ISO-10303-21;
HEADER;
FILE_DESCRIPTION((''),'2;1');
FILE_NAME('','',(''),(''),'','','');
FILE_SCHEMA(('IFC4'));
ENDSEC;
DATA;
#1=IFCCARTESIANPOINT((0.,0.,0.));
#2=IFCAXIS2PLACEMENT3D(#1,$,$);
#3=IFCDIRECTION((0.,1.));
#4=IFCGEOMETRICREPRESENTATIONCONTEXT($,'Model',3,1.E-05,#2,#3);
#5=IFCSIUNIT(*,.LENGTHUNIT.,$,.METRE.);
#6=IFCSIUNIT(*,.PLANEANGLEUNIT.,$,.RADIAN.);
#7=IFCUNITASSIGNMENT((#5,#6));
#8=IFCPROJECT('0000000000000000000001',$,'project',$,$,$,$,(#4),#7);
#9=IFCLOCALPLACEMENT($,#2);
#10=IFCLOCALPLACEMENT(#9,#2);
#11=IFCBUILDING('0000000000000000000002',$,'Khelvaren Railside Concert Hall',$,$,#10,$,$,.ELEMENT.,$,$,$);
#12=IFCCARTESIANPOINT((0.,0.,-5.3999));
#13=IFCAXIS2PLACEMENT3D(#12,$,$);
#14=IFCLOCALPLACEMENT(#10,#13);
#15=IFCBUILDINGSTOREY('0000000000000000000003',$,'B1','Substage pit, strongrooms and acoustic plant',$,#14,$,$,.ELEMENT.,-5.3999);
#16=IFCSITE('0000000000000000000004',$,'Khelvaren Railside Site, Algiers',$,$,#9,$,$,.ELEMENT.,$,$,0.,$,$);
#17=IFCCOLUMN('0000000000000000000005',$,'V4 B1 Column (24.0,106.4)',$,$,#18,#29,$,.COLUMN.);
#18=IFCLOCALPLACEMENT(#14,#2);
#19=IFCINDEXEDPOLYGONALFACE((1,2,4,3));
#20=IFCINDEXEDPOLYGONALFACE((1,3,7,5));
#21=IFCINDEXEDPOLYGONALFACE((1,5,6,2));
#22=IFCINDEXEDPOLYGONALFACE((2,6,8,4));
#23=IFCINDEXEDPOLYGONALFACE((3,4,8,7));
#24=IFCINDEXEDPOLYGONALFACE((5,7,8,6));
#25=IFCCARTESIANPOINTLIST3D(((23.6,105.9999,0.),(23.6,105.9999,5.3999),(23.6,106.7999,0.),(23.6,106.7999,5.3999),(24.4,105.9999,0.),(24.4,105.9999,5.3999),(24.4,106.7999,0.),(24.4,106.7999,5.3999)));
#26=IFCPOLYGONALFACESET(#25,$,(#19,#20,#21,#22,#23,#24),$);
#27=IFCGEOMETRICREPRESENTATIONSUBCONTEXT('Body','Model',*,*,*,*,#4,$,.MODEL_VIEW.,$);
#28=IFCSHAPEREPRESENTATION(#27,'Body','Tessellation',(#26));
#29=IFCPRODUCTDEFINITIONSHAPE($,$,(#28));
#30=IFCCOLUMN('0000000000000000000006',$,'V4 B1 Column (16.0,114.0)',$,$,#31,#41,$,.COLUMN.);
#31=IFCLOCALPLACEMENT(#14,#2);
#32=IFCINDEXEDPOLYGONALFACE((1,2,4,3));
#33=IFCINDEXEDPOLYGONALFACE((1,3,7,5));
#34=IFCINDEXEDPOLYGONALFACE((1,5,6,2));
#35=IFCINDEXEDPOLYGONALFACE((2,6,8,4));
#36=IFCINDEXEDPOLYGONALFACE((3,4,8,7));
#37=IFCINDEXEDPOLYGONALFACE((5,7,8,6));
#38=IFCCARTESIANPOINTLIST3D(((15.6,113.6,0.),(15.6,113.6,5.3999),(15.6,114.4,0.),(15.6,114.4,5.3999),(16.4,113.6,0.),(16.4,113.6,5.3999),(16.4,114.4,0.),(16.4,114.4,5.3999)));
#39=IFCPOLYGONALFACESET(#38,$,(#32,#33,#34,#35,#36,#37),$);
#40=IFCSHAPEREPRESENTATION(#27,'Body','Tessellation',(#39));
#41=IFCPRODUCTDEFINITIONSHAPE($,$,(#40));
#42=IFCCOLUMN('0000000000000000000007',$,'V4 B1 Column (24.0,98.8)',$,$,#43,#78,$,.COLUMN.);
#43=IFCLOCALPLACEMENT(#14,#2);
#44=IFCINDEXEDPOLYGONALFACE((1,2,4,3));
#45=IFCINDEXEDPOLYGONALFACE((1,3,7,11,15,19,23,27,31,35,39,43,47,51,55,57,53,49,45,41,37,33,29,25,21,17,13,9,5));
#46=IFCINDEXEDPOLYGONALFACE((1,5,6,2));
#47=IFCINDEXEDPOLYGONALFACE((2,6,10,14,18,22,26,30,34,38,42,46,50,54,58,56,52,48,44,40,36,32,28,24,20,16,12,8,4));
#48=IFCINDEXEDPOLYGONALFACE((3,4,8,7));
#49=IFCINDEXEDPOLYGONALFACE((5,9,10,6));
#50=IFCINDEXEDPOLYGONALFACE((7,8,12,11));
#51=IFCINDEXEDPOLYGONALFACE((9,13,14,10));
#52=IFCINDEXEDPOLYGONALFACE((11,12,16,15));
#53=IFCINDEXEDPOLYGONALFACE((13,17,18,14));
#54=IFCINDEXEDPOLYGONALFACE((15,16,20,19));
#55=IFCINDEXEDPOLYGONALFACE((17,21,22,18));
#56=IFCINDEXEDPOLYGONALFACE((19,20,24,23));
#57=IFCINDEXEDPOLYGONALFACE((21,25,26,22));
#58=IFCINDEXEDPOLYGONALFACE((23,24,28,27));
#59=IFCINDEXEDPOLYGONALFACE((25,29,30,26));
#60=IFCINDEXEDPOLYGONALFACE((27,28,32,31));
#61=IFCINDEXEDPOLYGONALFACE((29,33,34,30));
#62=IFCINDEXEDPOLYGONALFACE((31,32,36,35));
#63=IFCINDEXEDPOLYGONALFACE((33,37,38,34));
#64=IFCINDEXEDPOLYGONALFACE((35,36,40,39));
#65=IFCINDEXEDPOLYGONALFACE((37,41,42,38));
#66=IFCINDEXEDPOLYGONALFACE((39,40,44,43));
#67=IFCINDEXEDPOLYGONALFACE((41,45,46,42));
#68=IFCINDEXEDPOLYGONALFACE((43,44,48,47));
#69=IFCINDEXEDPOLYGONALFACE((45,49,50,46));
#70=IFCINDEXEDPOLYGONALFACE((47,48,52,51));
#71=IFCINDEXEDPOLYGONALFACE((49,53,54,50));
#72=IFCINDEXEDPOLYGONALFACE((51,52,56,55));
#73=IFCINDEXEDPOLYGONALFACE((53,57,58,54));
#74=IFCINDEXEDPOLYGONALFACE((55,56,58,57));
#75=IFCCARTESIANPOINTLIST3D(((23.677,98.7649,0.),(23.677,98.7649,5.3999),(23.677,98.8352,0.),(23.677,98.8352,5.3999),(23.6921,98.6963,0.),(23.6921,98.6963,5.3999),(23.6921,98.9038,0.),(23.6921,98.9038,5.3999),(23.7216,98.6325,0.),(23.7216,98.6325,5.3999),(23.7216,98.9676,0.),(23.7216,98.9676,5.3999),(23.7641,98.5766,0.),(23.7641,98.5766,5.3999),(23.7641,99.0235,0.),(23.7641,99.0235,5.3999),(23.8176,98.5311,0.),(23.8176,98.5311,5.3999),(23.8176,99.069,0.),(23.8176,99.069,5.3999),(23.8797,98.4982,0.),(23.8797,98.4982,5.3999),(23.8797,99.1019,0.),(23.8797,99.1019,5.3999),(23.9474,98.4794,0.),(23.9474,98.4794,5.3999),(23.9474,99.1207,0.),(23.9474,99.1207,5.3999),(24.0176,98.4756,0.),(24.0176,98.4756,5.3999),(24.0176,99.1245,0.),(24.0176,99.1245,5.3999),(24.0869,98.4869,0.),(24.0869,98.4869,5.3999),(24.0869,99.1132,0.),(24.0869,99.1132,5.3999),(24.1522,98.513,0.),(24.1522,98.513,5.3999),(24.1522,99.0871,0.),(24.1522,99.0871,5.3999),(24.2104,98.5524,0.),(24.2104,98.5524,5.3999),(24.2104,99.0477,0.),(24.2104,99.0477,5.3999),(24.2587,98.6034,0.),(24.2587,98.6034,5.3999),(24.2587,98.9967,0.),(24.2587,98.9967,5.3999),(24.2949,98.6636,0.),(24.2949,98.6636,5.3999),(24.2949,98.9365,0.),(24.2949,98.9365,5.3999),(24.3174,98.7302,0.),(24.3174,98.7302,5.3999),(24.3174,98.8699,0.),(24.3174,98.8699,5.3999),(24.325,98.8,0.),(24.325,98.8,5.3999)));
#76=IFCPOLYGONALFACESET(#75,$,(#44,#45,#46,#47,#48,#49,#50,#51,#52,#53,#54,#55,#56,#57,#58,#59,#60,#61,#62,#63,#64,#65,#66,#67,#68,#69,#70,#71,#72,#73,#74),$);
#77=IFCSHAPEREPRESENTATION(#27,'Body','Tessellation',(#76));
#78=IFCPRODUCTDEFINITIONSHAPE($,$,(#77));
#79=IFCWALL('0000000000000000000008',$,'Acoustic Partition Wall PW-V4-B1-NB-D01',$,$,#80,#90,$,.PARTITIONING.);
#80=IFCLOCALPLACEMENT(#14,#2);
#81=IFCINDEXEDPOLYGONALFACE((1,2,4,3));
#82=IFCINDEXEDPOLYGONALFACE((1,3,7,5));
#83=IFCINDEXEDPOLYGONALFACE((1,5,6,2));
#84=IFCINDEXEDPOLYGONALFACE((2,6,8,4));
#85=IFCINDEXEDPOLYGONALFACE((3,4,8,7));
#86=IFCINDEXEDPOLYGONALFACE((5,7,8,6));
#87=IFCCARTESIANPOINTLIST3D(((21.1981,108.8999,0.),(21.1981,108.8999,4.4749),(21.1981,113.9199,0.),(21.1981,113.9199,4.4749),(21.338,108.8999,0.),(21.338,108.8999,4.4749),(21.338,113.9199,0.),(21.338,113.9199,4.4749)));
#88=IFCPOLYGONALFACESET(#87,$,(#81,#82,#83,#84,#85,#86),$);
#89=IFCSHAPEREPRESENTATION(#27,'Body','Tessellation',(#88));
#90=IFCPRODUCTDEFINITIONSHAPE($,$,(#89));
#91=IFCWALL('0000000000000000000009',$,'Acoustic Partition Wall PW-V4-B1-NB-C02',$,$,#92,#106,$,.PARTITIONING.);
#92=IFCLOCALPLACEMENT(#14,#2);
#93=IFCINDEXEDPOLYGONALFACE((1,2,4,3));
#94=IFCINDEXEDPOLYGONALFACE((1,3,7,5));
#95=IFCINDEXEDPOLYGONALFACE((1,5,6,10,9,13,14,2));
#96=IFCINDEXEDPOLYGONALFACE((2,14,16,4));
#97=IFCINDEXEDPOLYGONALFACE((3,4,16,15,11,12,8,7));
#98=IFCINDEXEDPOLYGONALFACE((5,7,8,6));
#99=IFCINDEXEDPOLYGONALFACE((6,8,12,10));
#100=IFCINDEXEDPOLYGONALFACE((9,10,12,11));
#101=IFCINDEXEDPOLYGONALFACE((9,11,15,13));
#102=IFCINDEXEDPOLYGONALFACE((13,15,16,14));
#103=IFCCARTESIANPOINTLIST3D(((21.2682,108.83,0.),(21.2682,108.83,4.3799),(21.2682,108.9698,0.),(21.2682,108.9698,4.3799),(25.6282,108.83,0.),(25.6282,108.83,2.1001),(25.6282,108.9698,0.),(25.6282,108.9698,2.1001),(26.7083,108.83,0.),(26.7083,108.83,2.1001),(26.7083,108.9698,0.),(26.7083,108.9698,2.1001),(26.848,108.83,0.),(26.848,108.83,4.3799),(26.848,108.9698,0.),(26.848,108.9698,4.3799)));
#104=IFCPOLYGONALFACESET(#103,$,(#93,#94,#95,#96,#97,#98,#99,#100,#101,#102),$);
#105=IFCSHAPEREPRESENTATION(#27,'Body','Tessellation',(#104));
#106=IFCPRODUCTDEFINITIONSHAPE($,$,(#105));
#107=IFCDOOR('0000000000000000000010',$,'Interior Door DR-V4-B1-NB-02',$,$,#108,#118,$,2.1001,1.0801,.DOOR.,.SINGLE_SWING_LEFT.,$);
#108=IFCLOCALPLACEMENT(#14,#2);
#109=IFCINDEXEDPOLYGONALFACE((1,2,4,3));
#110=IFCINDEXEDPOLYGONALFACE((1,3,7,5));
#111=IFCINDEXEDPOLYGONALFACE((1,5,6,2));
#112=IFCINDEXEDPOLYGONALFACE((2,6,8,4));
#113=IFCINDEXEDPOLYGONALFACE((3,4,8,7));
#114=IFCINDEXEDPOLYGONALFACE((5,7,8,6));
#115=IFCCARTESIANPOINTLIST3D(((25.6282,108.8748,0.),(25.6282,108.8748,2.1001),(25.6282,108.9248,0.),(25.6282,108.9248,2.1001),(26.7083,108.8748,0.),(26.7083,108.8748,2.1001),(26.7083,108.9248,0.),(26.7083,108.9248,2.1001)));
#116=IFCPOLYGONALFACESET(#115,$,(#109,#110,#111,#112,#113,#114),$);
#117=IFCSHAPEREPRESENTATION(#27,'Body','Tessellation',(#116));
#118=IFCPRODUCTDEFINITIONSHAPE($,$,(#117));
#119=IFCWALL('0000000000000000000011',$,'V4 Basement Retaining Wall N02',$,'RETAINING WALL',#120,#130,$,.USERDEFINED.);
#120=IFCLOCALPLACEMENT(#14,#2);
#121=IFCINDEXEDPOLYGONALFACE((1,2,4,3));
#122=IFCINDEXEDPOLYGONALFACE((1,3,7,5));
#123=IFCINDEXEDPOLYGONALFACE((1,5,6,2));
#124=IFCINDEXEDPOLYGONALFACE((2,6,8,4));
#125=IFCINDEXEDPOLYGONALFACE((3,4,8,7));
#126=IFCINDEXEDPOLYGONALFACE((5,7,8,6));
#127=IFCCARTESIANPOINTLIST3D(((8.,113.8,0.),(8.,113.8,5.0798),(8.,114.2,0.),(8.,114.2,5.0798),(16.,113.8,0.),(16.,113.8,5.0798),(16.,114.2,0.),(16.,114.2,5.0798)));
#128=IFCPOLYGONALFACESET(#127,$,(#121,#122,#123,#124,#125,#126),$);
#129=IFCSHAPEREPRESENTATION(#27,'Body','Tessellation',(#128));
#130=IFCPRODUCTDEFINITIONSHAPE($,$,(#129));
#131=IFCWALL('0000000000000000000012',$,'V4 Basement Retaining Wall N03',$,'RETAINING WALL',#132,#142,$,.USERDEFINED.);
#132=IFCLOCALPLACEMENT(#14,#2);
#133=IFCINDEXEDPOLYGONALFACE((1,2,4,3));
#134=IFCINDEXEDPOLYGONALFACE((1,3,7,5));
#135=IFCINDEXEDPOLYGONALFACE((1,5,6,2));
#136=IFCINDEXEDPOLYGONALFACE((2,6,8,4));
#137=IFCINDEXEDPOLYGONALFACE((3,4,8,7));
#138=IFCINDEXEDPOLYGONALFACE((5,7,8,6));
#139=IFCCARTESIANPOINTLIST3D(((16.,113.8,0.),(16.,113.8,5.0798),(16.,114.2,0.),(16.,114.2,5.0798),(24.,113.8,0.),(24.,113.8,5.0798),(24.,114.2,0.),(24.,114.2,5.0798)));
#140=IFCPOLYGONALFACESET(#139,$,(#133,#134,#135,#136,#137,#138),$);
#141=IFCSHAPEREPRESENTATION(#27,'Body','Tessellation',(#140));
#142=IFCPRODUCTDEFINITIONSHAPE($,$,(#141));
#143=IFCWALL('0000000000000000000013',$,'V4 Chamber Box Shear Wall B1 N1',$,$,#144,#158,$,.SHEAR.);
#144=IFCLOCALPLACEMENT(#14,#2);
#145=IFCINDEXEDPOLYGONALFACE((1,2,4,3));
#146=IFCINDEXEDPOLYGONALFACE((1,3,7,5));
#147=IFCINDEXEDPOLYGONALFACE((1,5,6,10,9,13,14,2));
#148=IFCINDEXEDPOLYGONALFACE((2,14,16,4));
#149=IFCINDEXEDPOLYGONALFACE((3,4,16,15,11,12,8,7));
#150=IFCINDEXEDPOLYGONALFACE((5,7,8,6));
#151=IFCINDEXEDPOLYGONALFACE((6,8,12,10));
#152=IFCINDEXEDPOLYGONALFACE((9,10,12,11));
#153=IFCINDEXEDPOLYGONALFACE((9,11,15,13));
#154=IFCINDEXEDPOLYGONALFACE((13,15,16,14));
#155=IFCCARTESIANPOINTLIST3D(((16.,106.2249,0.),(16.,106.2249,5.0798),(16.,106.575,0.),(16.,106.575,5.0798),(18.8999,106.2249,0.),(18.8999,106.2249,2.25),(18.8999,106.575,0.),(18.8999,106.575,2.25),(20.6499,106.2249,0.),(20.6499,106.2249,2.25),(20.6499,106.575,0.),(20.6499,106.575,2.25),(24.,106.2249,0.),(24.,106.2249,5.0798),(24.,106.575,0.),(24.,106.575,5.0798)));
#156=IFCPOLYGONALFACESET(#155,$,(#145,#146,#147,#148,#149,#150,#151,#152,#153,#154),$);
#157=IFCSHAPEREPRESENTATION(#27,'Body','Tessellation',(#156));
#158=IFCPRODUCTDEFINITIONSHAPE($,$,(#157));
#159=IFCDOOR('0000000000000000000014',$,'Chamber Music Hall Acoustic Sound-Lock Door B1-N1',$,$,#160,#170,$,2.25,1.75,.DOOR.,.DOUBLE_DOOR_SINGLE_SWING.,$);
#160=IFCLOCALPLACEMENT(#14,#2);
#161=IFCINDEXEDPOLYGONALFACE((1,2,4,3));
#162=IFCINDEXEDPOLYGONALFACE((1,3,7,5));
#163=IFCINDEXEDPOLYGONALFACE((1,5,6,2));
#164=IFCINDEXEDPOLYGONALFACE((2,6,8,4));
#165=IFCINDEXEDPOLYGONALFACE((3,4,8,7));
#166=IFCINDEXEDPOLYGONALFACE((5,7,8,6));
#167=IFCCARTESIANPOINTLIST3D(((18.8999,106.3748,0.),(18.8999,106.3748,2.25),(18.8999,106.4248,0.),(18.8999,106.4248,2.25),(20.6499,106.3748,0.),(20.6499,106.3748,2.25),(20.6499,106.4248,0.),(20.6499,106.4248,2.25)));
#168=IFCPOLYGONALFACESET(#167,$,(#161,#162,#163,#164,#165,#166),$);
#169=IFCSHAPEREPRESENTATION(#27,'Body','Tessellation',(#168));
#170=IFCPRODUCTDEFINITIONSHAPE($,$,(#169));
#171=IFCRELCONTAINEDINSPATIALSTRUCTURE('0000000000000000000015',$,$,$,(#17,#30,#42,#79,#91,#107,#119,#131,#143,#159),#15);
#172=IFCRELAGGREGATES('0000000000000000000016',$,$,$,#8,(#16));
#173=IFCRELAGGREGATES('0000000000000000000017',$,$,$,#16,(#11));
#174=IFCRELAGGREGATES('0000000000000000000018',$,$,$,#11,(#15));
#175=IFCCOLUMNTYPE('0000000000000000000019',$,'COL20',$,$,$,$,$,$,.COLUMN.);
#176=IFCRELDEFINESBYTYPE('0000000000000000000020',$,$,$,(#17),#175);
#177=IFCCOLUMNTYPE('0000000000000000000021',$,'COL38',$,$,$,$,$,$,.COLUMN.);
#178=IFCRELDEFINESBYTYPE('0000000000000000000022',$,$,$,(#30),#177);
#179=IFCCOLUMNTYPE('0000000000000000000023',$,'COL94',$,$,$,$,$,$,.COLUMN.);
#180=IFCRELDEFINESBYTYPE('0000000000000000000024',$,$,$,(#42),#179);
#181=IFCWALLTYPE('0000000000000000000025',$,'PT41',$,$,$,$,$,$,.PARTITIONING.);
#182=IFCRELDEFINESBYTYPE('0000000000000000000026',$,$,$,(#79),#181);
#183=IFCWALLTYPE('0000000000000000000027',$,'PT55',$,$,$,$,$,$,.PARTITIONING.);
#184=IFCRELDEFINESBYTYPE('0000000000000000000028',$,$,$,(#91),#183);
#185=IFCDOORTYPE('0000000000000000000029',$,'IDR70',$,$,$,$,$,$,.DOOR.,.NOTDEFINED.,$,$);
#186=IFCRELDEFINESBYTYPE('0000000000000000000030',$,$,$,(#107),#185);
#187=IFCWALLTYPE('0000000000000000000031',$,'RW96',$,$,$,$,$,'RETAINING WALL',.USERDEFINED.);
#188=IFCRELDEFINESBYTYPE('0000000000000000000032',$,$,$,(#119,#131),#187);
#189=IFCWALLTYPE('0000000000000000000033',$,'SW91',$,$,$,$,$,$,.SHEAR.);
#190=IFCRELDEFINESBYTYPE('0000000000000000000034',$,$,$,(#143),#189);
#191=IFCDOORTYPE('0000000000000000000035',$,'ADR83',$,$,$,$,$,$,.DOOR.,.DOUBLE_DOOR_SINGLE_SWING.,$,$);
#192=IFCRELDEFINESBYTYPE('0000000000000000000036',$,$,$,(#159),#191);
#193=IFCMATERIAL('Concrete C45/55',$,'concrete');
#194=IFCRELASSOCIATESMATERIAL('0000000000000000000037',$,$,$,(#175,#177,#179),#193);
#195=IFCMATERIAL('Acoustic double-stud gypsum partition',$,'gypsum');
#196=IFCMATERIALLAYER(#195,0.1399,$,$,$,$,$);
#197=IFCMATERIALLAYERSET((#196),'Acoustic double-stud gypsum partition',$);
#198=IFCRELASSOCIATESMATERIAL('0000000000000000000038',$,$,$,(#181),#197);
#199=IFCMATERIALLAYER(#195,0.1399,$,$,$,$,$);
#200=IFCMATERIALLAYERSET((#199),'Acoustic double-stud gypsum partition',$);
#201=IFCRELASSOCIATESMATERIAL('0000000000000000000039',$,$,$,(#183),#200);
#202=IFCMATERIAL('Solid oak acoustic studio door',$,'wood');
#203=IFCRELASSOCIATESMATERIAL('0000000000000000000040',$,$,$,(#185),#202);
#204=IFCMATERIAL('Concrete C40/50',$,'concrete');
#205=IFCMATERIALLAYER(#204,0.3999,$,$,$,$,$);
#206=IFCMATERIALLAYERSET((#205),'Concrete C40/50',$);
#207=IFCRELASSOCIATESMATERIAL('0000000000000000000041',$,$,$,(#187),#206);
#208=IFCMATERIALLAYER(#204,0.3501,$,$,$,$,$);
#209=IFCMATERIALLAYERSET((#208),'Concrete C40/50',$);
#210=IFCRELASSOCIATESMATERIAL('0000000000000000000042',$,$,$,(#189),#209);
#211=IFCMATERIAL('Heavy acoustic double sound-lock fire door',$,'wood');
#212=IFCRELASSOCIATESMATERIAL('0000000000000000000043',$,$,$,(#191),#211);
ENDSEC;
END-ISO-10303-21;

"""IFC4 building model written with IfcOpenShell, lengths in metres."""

from ifc_helpers import new_model, si_unit, direction, frame, frame_2d, origin, origin_2d, place, context, subcontext, project, spatial, rectangle, circle, extrude, material, layer, layer_set, material_profile, profile_set, type_object, element, fill, save


model = new_model("IFC4")

# Units and contexts
model_context = context("Model", 3, precision=1e-05, world=origin(), true_north=direction((0.0, 1.0)))
body_context = subcontext(model_context, "Body", "Model", "MODEL_VIEW")
ifc_project = project(units=[si_unit("LENGTHUNIT", "METRE"), si_unit("PLANEANGLEUNIT", "RADIAN")], contexts=[model_context])

# Site, building, storey
site_placement = place(None, origin())
site = spatial("IfcSite", under=ifc_project, at=site_placement, Name="Khelvaren Railside Site, Algiers", CompositionType="ELEMENT", RefElevation=0.0)
building_placement = place(site_placement, origin())
building = spatial("IfcBuilding", under=site, at=building_placement, Name="Khelvaren Railside Concert Hall", CompositionType="ELEMENT")
storey_placement = place(building_placement, frame((0.0, 0.0, -5.3999)))
storey = spatial("IfcBuildingStorey", under=building, at=storey_placement, Name="B1", Description="Substage pit, strongrooms and acoustic plant", CompositionType="ELEMENT", Elevation=-5.3999)

# Columns
ifc_material_1 = material(Name="Concrete C45/55", Category="concrete")
ifc_material_profile_1 = material_profile(ifc_material_1, rectangle(XDim=0.8, YDim=0.8, at=origin_2d()), Name="RC 800x800")
ifc_profile_set_1 = profile_set([ifc_material_profile_1], Name="Concrete C45/55")
column_type_1 = type_object("IfcColumnType", Name="COL20", PredefinedType="COLUMN", material=ifc_profile_set_1)
column_1_placement = place(storey_placement, frame((24.0, 106.3999, 0.0), z_axis=(0.0, 0.0, 1.0), x_axis=(1.0, 0.0, 0.0)))
element("IfcColumn", 1, at=column_1_placement, inside=storey, type_object=column_type_1, Name="V4 B1 Column (24.0,106.4)", PredefinedType="COLUMN", context=body_context, shape_type="SweptSolid", body=[
    extrude(rectangle(XDim=0.8, YDim=0.8, at=origin_2d()), origin(), (0.0, 0.0, 1.0), 5.3999),
])
ifc_material_profile_2 = material_profile(ifc_material_1, rectangle(XDim=0.8, YDim=0.8, at=origin_2d()), Name="RC 800x800")
ifc_profile_set_2 = profile_set([ifc_material_profile_2], Name="Concrete C45/55")
column_type_2 = type_object("IfcColumnType", Name="COL38", PredefinedType="COLUMN", material=ifc_profile_set_2)
column_2_placement = place(storey_placement, frame((16.0, 114.0, 0.0), z_axis=(0.0, 0.0, 1.0), x_axis=(1.0, 0.0, 0.0)))
element("IfcColumn", 2, at=column_2_placement, inside=storey, type_object=column_type_2, Name="V4 B1 Column (16.0,114.0)", PredefinedType="COLUMN", context=body_context, shape_type="SweptSolid", body=[
    extrude(rectangle(XDim=0.8, YDim=0.8, at=origin_2d()), origin(), (0.0, 0.0, 1.0), 5.3999),
])
ifc_material_profile_3 = material_profile(ifc_material_1, circle(Radius=0.325, at=origin_2d()), Name="RC D650")
ifc_profile_set_3 = profile_set([ifc_material_profile_3], Name="Concrete C45/55")
column_type_3 = type_object("IfcColumnType", Name="COL94", PredefinedType="COLUMN", material=ifc_profile_set_3)
column_3_placement = place(storey_placement, frame((24.0, 98.8, 0.0), z_axis=(0.0, 0.0, 1.0), x_axis=(1.0, 0.0, 0.0)))
element("IfcColumn", 3, at=column_3_placement, inside=storey, type_object=column_type_3, Name="V4 B1 Column (24.0,98.8)", PredefinedType="COLUMN", context=body_context, shape_type="SweptSolid", body=[
    extrude(circle(Radius=0.325, at=origin_2d()), origin(), (0.0, 0.0, 1.0), 5.3999),
])

# Wall
ifc_material_2 = material(Name="Acoustic double-stud gypsum partition", Category="gypsum")
ifc_layer_1 = layer(ifc_material_2, 0.1399)
ifc_layer_set_1 = layer_set([ifc_layer_1], Name="Acoustic double-stud gypsum partition")
wall_type_1 = type_object("IfcWallType", Name="PT41", PredefinedType="PARTITIONING", material=ifc_layer_set_1)
wall_1_placement = place(storey_placement, frame((21.2681, 108.8999, 0.0), z_axis=(0.0, 0.0, 1.0), x_axis=(0.0, 1.0, 0.0)))
element("IfcWall", 4, at=wall_1_placement, inside=storey, type_object=wall_type_1, Name="Acoustic Partition Wall PW-V4-B1-NB-D01", PredefinedType="PARTITIONING", context=body_context, shape_type="SweptSolid", body=[
    extrude(rectangle(XDim=5.02, YDim=0.1399, at=frame_2d((2.51, 0.0))), origin(), (0.0, 0.0, 1.0), 4.4749),
])

# Wall, opening, door
ifc_layer_2 = layer(ifc_material_2, 0.1399)
ifc_layer_set_2 = layer_set([ifc_layer_2], Name="Acoustic double-stud gypsum partition")
wall_type_2 = type_object("IfcWallType", Name="PT55", PredefinedType="PARTITIONING", material=ifc_layer_set_2)
wall_2_placement = place(storey_placement, frame((21.2681, 108.8999, 0.0), z_axis=(0.0, 0.0, 1.0), x_axis=(1.0, 0.0, 0.0)))
wall_2 = element("IfcWall", 5, at=wall_2_placement, inside=storey, type_object=wall_type_2, Name="Acoustic Partition Wall PW-V4-B1-NB-C02", PredefinedType="PARTITIONING", context=body_context, shape_type="SweptSolid", body=[
    extrude(rectangle(XDim=5.5798, YDim=0.1399, at=frame_2d((2.79, 0.0))), origin(), (0.0, 0.0, 1.0), 4.3799),
])
opening_1_placement = place(wall_2_placement, frame((4.3601, 0.0, 0.0)))
opening_1 = element("IfcOpeningElement", 6, at=opening_1_placement, cuts=wall_2, PredefinedType="OPENING", context=body_context, shape_type="SweptSolid", body=[
    extrude(rectangle(XDim=1.0801, YDim=2.1001, at=frame_2d((0.54, 1.05))), frame((0.0, 0.0798, 0.0), z_axis=(0.0, -1.0, 0.0), x_axis=(1.0, 0.0, 0.0)), (0.0, 0.0, 1.0), 0.1599),
])
ifc_material_3 = material(Name="Solid oak acoustic studio door", Category="wood")
door_type_1 = type_object("IfcDoorType", Name="IDR70", OperationType="NOTDEFINED", PredefinedType="DOOR", material=ifc_material_3)
door_1_placement = place(opening_1_placement, origin())
door_1 = element("IfcDoor", 7, at=door_1_placement, inside=storey, type_object=door_type_1, Name="Interior Door DR-V4-B1-NB-02", OperationType="SINGLE_SWING_LEFT", OverallHeight=2.1001, OverallWidth=1.0801, PredefinedType="DOOR", context=body_context, shape_type="SweptSolid", body=[
    extrude(rectangle(XDim=1.0801, YDim=2.1001, at=frame_2d((0.54, 1.05))), frame((0.0, 0.0249, 0.0), z_axis=(0.0, -1.0, 0.0), x_axis=(1.0, 0.0, 0.0)), (0.0, 0.0, 1.0), 0.05),
])
fill(opening_1, door_1)

# Walls
ifc_material_4 = material(Name="Concrete C40/50", Category="concrete")
ifc_layer_3 = layer(ifc_material_4, 0.3999)
ifc_layer_set_3 = layer_set([ifc_layer_3], Name="Concrete C40/50")
wall_type_3 = type_object("IfcWallType", Name="RW96", ElementType="RETAINING WALL", PredefinedType="USERDEFINED", material=ifc_layer_set_3)
for number, where, z_axis, x_axis, name in (
    (8, (16.0, 114.0, 0.0), (0.0, 0.0, 1.0), (-1.0, 0.0, 0.0), "V4 Basement Retaining Wall N02"),
    (9, (24.0, 114.0, 0.0), (0.0, 0.0, 1.0), (-1.0, 0.0, 0.0), "V4 Basement Retaining Wall N03"),
):
    element("IfcWall", number, at=place(storey_placement, frame(where, z_axis=z_axis, x_axis=x_axis)), inside=storey, type_object=wall_type_3, Name=name, ObjectType="RETAINING WALL", PredefinedType="USERDEFINED", context=body_context, shape_type="SweptSolid", body=[
        extrude(rectangle(XDim=8.0, YDim=0.3999, at=frame_2d((4.0, 0.0))), origin(), (0.0, 0.0, 1.0), 5.0798),
    ])

# Wall, opening, door
ifc_layer_4 = layer(ifc_material_4, 0.3501)
ifc_layer_set_4 = layer_set([ifc_layer_4], Name="Concrete C40/50")
wall_type_4 = type_object("IfcWallType", Name="SW91", PredefinedType="SHEAR", material=ifc_layer_set_4)
wall_3_placement = place(storey_placement, frame((16.0, 106.3999, 0.0), z_axis=(0.0, 0.0, 1.0), x_axis=(1.0, 0.0, 0.0)))
wall_3 = element("IfcWall", 10, at=wall_3_placement, inside=storey, type_object=wall_type_4, Name="V4 Chamber Box Shear Wall B1 N1", PredefinedType="SHEAR", context=body_context, shape_type="SweptSolid", body=[
    extrude(rectangle(XDim=8.0, YDim=0.3501, at=frame_2d((4.0, 0.0))), origin(), (0.0, 0.0, 1.0), 5.0798),
])
opening_2_placement = place(wall_3_placement, frame((2.8999, 0.0, 0.0)))
opening_2 = element("IfcOpeningElement", 11, at=opening_2_placement, cuts=wall_3, PredefinedType="OPENING", context=body_context, shape_type="SweptSolid", body=[
    extrude(rectangle(XDim=1.75, YDim=2.25, at=frame_2d((0.875, 1.125))), frame((0.0, 0.1851, 0.0), z_axis=(0.0, -1.0, 0.0), x_axis=(1.0, 0.0, 0.0)), (0.0, 0.0, 1.0), 0.3701),
])
ifc_material_5 = material(Name="Heavy acoustic double sound-lock fire door", Category="wood")
door_type_2 = type_object("IfcDoorType", Name="ADR83", OperationType="DOUBLE_DOOR_SINGLE_SWING", PredefinedType="DOOR", material=ifc_material_5)
door_2_placement = place(opening_2_placement, origin())
door_2 = element("IfcDoor", 12, at=door_2_placement, inside=storey, type_object=door_type_2, Name="Chamber Music Hall Acoustic Sound-Lock Door B1-N1", OperationType="DOUBLE_DOOR_SINGLE_SWING", OverallHeight=2.25, OverallWidth=1.75, PredefinedType="DOOR", context=body_context, shape_type="SweptSolid", body=[
    extrude(rectangle(XDim=1.75, YDim=2.25, at=frame_2d((0.875, 1.125))), frame((0.0, 0.0249, 0.0), z_axis=(0.0, -1.0, 0.0), x_axis=(1.0, 0.0, 0.0)), (0.0, 0.0, 1.0), 0.05),
])
fill(opening_2, door_2)

save(model, "model.ifc")
